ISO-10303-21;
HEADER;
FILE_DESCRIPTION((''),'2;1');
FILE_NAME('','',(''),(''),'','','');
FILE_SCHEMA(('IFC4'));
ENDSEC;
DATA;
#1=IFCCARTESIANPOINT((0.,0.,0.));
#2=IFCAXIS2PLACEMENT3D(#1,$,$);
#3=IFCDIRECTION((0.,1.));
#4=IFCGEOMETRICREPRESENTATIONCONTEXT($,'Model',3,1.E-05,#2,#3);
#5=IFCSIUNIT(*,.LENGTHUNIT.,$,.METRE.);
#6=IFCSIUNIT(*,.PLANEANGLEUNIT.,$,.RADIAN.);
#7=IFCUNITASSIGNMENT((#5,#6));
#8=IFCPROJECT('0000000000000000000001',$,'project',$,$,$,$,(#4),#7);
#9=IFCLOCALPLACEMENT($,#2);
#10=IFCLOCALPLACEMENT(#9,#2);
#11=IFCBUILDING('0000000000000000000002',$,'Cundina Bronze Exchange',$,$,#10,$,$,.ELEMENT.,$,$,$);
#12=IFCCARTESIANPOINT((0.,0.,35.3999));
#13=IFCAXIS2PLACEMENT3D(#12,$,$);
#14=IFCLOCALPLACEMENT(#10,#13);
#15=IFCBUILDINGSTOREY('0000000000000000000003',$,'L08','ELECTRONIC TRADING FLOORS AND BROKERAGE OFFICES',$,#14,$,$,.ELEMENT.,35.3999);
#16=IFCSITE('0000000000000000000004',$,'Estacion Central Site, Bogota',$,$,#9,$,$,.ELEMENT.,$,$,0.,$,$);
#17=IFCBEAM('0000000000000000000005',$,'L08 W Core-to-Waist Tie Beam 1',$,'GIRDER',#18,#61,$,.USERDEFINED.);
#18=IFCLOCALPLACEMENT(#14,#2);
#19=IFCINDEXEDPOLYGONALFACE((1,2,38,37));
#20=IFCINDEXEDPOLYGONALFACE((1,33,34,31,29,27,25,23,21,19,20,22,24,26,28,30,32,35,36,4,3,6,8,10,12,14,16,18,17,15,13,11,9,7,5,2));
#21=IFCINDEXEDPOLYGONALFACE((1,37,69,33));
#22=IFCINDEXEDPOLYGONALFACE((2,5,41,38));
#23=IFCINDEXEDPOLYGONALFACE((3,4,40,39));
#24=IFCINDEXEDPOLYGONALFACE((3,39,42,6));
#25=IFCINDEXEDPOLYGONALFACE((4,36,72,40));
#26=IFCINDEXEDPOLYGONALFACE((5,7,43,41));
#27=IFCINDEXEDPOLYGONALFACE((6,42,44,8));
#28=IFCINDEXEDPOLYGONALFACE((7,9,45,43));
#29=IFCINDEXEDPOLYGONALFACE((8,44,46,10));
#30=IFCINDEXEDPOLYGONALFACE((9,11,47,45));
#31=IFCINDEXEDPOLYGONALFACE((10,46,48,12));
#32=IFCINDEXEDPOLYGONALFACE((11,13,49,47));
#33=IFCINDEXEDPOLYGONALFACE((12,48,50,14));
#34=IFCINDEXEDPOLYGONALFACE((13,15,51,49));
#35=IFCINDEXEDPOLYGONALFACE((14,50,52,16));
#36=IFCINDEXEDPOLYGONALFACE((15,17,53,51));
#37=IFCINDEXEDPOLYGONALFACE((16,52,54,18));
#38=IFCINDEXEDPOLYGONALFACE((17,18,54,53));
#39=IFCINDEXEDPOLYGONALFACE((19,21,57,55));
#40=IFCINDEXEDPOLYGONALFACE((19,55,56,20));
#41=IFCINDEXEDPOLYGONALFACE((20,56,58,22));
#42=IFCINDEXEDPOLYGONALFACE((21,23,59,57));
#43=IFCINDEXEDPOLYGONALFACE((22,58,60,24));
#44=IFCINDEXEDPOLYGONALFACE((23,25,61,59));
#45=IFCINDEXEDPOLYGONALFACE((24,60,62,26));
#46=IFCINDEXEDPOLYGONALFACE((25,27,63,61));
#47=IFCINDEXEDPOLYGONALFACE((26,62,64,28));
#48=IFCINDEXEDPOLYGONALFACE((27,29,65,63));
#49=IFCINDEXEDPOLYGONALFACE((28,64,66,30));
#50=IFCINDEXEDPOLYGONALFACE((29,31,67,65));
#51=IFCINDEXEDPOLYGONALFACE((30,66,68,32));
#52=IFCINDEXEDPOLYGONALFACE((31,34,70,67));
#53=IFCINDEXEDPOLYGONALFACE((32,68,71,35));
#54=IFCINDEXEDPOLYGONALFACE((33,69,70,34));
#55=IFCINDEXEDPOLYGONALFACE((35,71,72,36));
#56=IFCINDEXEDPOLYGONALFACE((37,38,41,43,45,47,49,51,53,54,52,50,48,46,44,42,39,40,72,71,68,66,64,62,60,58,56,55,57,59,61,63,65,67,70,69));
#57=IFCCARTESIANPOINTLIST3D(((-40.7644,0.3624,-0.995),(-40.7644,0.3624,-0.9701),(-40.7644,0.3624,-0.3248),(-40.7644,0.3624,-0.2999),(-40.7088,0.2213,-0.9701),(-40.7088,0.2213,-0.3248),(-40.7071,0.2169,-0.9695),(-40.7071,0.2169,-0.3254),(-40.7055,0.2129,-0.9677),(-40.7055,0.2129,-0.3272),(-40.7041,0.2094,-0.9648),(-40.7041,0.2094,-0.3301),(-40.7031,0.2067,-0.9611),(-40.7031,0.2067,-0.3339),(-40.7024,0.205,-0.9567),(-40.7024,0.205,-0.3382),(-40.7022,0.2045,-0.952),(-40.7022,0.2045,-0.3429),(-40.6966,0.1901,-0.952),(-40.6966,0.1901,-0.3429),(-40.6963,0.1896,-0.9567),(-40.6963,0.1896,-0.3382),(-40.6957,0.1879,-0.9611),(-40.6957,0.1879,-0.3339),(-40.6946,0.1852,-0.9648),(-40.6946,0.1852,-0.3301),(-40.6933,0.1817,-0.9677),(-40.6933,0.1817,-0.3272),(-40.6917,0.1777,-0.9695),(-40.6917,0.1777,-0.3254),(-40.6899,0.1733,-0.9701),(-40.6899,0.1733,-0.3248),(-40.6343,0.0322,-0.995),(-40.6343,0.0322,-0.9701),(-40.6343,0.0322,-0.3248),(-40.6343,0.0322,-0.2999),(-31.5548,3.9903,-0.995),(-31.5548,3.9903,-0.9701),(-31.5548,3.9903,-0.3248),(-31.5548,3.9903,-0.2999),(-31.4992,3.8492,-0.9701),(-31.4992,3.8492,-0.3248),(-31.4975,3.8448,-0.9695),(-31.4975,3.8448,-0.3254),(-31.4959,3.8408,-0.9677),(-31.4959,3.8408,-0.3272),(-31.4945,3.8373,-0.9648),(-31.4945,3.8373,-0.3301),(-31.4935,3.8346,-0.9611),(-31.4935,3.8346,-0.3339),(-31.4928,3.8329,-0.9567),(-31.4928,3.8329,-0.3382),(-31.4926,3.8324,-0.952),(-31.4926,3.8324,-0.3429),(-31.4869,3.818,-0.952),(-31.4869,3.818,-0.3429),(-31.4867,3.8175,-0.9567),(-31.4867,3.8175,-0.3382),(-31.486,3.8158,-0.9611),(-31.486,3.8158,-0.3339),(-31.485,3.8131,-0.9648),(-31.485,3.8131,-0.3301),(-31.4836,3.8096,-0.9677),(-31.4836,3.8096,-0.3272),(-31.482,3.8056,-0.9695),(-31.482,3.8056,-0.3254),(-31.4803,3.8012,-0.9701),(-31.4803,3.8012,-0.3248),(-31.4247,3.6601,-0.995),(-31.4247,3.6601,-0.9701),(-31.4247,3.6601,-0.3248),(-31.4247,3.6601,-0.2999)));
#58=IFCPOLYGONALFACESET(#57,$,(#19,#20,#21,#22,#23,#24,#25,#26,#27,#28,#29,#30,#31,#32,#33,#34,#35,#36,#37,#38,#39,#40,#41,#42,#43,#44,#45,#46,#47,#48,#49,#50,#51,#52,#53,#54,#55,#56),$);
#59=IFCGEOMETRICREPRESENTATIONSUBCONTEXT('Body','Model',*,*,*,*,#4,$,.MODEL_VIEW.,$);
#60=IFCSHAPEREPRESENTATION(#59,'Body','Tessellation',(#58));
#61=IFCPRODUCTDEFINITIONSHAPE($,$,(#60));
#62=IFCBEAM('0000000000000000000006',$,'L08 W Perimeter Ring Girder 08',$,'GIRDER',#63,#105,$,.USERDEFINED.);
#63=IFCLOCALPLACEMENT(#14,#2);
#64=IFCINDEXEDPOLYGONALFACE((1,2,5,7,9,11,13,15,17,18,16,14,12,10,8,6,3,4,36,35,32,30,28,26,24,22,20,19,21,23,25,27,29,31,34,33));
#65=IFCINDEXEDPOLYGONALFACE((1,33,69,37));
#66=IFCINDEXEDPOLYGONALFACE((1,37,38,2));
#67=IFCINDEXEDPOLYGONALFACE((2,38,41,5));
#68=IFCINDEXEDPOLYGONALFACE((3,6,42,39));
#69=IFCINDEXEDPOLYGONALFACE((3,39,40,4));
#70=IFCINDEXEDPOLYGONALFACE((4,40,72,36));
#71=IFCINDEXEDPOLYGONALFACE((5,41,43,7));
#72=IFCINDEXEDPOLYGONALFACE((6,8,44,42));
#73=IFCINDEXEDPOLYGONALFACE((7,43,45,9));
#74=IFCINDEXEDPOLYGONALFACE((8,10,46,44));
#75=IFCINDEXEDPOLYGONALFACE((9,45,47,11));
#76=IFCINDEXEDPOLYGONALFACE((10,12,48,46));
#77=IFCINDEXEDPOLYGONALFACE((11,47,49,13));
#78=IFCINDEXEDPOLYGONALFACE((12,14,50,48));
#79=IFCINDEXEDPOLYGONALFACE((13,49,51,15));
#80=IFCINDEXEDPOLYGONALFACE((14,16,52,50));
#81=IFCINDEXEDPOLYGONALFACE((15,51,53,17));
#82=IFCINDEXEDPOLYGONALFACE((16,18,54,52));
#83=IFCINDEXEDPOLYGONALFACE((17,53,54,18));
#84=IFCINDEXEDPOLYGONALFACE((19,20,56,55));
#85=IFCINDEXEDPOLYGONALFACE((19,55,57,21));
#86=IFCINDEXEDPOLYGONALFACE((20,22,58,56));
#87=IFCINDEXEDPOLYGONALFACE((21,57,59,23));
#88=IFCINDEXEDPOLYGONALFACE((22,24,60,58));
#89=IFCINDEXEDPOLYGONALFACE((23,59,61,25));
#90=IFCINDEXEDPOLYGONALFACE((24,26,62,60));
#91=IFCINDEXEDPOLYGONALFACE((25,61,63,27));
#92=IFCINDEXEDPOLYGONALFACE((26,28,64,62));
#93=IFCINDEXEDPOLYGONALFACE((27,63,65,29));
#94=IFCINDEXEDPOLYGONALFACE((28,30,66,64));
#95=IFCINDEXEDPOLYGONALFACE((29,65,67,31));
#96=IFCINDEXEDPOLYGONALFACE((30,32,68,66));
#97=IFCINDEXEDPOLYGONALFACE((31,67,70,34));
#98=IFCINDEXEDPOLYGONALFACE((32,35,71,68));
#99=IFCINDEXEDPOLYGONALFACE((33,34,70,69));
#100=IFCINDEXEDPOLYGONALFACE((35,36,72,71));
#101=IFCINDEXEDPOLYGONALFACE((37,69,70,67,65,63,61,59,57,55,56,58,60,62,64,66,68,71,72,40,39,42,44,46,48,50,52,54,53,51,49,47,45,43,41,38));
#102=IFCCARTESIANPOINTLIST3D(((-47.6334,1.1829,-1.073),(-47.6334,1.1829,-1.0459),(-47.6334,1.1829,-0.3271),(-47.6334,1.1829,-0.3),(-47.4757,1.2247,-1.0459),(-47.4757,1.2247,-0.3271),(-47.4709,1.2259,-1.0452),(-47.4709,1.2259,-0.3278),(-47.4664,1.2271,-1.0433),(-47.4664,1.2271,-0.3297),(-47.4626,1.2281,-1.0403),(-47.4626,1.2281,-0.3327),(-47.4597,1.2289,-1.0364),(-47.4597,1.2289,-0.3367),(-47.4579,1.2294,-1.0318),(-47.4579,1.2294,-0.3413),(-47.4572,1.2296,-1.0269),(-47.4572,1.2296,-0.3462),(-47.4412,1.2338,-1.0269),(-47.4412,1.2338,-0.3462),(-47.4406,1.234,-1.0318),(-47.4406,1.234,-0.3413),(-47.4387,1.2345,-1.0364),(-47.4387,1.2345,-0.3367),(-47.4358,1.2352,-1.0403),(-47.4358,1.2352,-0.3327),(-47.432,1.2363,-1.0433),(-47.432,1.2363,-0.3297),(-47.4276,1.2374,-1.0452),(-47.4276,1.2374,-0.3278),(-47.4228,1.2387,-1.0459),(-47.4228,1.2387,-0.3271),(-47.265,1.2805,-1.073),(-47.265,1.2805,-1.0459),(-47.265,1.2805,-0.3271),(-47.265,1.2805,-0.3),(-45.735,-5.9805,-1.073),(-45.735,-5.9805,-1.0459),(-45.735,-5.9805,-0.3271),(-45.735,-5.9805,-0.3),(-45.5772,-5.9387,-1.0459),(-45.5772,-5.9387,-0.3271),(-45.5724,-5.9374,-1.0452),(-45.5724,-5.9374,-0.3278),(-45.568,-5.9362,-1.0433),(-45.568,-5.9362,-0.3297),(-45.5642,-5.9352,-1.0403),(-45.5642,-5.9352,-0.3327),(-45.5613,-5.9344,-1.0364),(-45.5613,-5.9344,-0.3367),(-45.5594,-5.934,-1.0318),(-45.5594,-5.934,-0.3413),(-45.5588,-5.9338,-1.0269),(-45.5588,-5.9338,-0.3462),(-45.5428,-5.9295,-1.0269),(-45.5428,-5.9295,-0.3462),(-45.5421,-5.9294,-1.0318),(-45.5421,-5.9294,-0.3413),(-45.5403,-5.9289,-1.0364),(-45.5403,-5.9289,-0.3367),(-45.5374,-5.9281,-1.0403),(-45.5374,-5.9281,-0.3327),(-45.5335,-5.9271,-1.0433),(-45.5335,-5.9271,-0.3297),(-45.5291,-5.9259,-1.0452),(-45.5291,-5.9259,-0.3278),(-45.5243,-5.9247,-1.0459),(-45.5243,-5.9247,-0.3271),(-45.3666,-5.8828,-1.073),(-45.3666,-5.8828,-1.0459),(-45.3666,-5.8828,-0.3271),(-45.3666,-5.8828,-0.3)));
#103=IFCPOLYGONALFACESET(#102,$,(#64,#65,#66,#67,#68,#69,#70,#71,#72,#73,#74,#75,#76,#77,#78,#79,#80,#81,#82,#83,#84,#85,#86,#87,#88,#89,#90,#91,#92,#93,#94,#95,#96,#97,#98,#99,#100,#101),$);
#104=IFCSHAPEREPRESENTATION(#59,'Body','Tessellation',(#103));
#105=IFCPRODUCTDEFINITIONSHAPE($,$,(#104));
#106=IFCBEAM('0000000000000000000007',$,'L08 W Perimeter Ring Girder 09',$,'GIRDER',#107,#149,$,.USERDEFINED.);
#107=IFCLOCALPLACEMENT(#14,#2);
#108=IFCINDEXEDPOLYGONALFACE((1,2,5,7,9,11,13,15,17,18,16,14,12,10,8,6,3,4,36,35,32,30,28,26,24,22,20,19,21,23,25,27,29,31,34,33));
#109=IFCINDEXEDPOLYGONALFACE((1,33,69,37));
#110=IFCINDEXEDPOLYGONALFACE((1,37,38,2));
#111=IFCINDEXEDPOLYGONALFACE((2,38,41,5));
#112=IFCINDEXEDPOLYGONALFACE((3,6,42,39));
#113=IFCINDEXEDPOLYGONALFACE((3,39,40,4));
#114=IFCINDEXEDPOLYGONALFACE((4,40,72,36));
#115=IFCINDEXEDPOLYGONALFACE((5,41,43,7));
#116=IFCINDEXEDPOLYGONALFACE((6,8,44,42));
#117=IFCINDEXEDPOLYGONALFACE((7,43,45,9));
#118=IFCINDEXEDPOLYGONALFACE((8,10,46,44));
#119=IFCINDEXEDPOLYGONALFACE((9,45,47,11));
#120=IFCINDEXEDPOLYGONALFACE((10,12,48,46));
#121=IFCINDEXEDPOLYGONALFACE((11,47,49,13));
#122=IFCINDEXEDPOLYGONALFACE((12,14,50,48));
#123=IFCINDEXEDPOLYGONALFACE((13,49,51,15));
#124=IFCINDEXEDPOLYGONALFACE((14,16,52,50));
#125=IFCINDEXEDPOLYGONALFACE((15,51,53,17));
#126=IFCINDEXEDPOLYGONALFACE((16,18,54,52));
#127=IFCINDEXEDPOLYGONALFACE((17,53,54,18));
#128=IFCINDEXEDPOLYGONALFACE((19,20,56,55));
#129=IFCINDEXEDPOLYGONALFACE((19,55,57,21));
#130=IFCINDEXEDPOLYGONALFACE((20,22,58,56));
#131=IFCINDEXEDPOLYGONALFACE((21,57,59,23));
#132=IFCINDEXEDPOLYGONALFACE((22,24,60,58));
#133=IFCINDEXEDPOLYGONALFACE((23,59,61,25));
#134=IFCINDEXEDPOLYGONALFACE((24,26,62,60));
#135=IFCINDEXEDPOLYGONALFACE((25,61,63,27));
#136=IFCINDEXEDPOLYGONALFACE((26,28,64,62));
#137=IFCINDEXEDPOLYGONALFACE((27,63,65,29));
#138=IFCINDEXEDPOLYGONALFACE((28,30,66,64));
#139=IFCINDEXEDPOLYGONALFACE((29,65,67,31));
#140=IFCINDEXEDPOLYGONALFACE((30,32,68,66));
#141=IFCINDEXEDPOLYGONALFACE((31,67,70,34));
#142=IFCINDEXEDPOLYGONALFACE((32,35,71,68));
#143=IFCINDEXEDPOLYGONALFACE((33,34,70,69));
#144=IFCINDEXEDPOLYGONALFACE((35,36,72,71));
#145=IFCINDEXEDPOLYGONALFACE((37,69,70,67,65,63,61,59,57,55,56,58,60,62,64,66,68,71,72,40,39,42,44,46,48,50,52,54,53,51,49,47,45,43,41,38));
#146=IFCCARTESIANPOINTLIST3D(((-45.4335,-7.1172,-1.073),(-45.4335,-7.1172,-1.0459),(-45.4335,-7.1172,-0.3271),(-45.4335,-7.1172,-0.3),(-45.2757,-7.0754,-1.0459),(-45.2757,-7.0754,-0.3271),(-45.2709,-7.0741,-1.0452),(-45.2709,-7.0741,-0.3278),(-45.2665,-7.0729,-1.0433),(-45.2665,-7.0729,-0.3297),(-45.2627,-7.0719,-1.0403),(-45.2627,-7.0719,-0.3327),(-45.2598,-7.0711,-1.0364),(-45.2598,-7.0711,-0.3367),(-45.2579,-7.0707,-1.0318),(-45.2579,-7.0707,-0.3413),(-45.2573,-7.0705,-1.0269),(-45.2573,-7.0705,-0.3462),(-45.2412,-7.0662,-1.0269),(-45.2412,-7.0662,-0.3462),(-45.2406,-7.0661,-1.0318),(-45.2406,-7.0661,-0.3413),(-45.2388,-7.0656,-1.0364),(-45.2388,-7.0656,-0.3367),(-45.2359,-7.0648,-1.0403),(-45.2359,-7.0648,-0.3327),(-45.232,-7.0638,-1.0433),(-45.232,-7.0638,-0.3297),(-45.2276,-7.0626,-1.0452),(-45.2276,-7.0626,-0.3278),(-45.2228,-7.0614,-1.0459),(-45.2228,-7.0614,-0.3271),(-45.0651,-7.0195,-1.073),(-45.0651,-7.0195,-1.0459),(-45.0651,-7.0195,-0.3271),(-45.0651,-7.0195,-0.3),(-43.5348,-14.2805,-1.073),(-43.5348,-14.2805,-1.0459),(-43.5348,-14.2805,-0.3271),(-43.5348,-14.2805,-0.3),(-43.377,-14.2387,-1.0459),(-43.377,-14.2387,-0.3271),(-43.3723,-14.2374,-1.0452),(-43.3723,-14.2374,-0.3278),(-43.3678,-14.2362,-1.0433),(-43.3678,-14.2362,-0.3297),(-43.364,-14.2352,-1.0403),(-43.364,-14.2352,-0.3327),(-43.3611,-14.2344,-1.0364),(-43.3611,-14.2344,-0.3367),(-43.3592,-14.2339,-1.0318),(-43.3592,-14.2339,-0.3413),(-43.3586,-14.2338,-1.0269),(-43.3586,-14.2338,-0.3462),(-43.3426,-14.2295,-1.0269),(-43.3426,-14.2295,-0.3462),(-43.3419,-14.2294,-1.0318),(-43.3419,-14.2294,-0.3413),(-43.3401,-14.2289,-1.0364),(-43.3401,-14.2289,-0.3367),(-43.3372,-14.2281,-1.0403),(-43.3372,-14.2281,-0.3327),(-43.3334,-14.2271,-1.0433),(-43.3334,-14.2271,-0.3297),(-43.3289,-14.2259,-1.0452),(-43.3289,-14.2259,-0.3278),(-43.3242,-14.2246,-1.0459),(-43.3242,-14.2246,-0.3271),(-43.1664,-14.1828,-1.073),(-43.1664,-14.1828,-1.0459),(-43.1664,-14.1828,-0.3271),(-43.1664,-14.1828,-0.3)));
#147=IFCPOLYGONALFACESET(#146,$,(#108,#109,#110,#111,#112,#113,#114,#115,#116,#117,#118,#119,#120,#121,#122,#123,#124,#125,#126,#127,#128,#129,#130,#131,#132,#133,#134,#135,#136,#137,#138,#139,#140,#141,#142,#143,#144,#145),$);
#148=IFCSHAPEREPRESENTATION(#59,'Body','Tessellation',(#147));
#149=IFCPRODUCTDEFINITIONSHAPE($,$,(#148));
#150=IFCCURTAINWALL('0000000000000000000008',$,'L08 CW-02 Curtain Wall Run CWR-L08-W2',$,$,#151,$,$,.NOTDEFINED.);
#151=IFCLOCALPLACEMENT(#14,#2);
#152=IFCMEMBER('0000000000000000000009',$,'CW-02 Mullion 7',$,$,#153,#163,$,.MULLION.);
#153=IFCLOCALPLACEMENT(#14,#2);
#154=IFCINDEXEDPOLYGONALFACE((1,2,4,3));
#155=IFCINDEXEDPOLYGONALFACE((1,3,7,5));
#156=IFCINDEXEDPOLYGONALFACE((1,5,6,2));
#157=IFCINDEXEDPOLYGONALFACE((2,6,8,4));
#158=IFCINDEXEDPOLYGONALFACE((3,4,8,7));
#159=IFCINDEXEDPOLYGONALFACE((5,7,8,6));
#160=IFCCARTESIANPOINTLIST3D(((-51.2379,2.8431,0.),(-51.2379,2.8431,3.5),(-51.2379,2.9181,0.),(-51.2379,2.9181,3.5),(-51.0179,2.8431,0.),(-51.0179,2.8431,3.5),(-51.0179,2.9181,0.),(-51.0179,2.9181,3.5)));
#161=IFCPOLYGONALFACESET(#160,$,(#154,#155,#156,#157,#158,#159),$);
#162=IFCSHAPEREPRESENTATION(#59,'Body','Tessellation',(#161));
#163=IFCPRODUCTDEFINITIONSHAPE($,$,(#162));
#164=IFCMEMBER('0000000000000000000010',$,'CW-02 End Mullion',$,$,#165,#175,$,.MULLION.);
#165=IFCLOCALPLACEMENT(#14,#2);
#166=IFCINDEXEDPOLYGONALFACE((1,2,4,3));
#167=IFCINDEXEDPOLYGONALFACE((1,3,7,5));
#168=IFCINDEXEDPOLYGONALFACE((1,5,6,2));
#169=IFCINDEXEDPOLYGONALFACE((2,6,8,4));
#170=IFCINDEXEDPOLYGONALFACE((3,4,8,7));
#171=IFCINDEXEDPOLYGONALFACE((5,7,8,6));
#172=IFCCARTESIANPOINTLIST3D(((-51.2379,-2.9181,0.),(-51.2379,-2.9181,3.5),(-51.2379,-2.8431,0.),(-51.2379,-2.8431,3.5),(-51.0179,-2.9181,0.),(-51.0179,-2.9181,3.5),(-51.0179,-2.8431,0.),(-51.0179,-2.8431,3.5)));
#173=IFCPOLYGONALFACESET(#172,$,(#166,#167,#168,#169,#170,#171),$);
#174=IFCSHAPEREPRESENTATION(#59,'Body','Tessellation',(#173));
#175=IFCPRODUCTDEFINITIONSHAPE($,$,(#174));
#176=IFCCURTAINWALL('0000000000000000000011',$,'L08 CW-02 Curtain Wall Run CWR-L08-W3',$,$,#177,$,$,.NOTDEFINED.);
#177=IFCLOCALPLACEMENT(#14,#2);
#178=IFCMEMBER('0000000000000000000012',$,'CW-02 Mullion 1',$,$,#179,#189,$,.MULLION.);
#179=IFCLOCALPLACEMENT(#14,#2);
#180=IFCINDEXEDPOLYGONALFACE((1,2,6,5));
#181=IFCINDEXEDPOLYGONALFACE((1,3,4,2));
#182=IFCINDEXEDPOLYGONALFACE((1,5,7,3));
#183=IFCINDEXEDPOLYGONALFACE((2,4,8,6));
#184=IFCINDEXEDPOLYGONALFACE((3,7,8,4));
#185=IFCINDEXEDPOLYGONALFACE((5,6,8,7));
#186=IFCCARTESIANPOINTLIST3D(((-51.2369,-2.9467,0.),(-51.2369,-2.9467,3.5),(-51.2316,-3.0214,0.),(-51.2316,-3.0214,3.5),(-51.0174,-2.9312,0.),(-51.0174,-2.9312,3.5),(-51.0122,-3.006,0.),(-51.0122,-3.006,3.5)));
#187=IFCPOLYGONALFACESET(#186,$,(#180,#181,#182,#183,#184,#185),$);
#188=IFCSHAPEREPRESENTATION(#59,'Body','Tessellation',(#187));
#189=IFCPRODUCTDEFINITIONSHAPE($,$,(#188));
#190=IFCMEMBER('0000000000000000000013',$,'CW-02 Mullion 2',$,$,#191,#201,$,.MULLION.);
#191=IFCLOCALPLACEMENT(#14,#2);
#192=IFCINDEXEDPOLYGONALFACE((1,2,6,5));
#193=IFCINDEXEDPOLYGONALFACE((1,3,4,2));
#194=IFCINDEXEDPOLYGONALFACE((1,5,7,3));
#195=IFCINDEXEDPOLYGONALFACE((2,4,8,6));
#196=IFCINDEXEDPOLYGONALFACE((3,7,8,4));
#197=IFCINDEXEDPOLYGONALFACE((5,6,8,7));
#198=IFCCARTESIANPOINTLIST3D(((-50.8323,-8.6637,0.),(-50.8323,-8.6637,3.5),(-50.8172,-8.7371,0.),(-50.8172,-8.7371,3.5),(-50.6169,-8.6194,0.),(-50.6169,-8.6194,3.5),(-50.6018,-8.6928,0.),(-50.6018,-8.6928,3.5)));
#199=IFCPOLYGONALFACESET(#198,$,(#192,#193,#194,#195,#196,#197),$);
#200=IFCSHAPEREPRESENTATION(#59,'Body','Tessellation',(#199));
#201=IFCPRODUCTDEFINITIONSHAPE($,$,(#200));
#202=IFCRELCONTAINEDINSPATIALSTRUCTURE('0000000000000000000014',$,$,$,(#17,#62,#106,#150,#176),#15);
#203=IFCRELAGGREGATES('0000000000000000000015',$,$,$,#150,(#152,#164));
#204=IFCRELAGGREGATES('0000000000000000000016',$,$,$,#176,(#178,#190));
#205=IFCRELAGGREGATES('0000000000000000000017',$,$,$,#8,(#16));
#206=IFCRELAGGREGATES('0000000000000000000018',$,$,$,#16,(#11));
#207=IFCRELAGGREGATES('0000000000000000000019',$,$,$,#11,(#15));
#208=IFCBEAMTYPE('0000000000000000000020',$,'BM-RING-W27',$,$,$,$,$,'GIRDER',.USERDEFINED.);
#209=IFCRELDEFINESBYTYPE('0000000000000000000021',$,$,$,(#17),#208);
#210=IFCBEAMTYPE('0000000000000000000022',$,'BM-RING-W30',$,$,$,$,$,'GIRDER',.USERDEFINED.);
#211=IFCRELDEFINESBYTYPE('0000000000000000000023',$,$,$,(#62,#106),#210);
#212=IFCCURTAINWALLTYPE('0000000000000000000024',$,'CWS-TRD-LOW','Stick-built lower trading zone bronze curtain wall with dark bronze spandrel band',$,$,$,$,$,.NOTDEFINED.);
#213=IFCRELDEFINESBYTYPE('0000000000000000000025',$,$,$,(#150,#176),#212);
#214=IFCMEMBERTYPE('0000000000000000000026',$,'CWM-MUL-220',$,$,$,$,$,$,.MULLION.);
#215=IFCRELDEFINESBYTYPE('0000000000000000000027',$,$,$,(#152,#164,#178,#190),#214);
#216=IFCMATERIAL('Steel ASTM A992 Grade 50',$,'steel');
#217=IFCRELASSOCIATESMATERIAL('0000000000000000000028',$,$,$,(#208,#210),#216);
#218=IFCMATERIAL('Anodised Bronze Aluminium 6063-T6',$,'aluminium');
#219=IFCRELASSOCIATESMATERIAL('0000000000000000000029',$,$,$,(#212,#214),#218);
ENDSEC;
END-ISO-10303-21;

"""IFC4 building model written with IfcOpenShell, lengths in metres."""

from ifc_helpers import new_model, si_unit, direction, frame, origin, origin_2d, place, context, subcontext, project, spatial, rectangle, i_section, extrude, material, material_profile, profile_set, type_object, element, aggregate, save


model = new_model("IFC4")

# Units and contexts
model_context = context("Model", 3, precision=1e-05, world=origin(), true_north=direction((0.0, 1.0)))
body_context = subcontext(model_context, "Body", "Model", "MODEL_VIEW")
ifc_project = project(units=[si_unit("LENGTHUNIT", "METRE"), si_unit("PLANEANGLEUNIT", "RADIAN")], contexts=[model_context])

# Site, building, storey
site_placement = place(None, origin())
site = spatial("IfcSite", under=ifc_project, at=site_placement, Name="Estacion Central Site, Bogota", CompositionType="ELEMENT", RefElevation=0.0)
building_placement = place(site_placement, origin())
building = spatial("IfcBuilding", under=site, at=building_placement, Name="Cundina Bronze Exchange", CompositionType="ELEMENT")
storey_placement = place(building_placement, frame((0.0, 0.0, 35.3999)))
storey = spatial("IfcBuildingStorey", under=building, at=storey_placement, Name="L08", Description="ELECTRONIC TRADING FLOORS AND BROKERAGE OFFICES", CompositionType="ELEMENT", Elevation=35.3999)

# Beams
ifc_material_1 = material(Name="Steel ASTM A992 Grade 50", Category="steel")
ifc_material_profile_1 = material_profile(ifc_material_1, i_section(OverallWidth=0.355, OverallDepth=0.6951, WebThickness=0.0154, FlangeThickness=0.0249, FilletRadius=0.0181, at=origin_2d()), Name="W27X146", Category="steel")
ifc_profile_set_1 = profile_set([ifc_material_profile_1], Name="Steel ASTM A992 Grade 50")
beam_type_1 = type_object("IfcBeamType", Name="BM-RING-W27", ElementType="GIRDER", PredefinedType="USERDEFINED", material=ifc_profile_set_1)
beam_1_placement = place(storey_placement, frame((-31.4897, 3.8252, -0.6475), z_axis=(-0.930413, -0.366512, 0.0), x_axis=(0.366512, -0.930413, 0.0)))
element("IfcBeam", 1, at=beam_1_placement, inside=storey, type_object=beam_type_1, Name="L08 W Core-to-Waist Tie Beam 1", ObjectType="GIRDER", PredefinedType="USERDEFINED", context=body_context, shape_type="SweptSolid", body=[
    extrude(i_section(OverallWidth=0.355, OverallDepth=0.6951, WebThickness=0.0154, FlangeThickness=0.0249, FilletRadius=0.0181, at=origin_2d()), origin(), (0.0, 0.0, 1.0), 9.8984),
])
ifc_material_profile_2 = material_profile(ifc_material_1, i_section(OverallWidth=0.3811, OverallDepth=0.7729, WebThickness=0.0166, FlangeThickness=0.0271, FilletRadius=0.019, at=origin_2d()), Name="W30X173", Category="steel")
ifc_profile_set_2 = profile_set([ifc_material_profile_2], Name="Steel ASTM A992 Grade 50")
beam_type_2 = type_object("IfcBeamType", Name="BM-RING-W30", ElementType="GIRDER", PredefinedType="USERDEFINED", material=ifc_profile_set_2)
for number, where, z_axis, x_axis, name in (
    (2, (-47.4492, 1.2317, -0.6865), (0.256178, -0.96663, 0.0), (0.96663, 0.256178, 0.0), "L08 W Perimeter Ring Girder 08"),
    (3, (-45.2493, -7.0684, -0.6865), (0.256209, -0.966622, 0.0), (0.966622, 0.256209, 0.0), "L08 W Perimeter Ring Girder 09"),
):
    element("IfcBeam", number, at=place(storey_placement, frame(where, z_axis=z_axis, x_axis=x_axis)), inside=storey, type_object=beam_type_2, Name=name, ObjectType="GIRDER", PredefinedType="USERDEFINED", context=body_context, shape_type="SweptSolid", body=[
        extrude(i_section(OverallWidth=0.3811, OverallDepth=0.7729, WebThickness=0.0166, FlangeThickness=0.0271, FilletRadius=0.019, at=origin_2d()), origin(), (0.0, 0.0, 1.0), 7.4106),
    ])

# Curtain walls, members
ifc_material_2 = material(Name="Anodised Bronze Aluminium 6063-T6", Category="aluminium")
curtain_wall_type = type_object("IfcCurtainWallType", Name="CWS-TRD-LOW", Description="Stick-built lower trading zone bronze curtain wall with dark bronze spandrel band", PredefinedType="NOTDEFINED", material=ifc_material_2)
curtain_wall_1_placement = place(storey_placement, origin())
curtain_wall_1 = element("IfcCurtainWall", 4, at=curtain_wall_1_placement, inside=storey, type_object=curtain_wall_type, Name="L08 CW-02 Curtain Wall Run CWR-L08-W2", PredefinedType="NOTDEFINED")
ifc_material_profile_3 = material_profile(ifc_material_2, rectangle(XDim=0.075, YDim=0.22, at=origin_2d()), Name="AL75X220", Category="aluminium")
ifc_profile_set_3 = profile_set([ifc_material_profile_3], Name="Anodised Bronze Aluminium 6063-T6")
member_type_1 = type_object("IfcMemberType", Name="CWM-MUL-220", PredefinedType="MULLION", material=ifc_profile_set_3)
member_1_placement = place(storey_placement, frame((-51.1279, 2.8806, 0.0), z_axis=(0.0, 0.0, 1.0), x_axis=(0.0, -1.0, 0.0)))
member_1 = element("IfcMember", 5, at=member_1_placement, type_object=member_type_1, Name="CW-02 Mullion 7", PredefinedType="MULLION", context=body_context, shape_type="SweptSolid", body=[
    extrude(rectangle(XDim=0.075, YDim=0.22, at=origin_2d()), origin(), (0.0, 0.0, 1.0), 3.5),
])
member_2_placement = place(storey_placement, frame((-51.1279, -2.8806, 0.0), z_axis=(0.0, 0.0, 1.0), x_axis=(0.0, -1.0, 0.0)))
member_2 = element("IfcMember", 6, at=member_2_placement, type_object=member_type_1, Name="CW-02 End Mullion", PredefinedType="MULLION", context=body_context, shape_type="SweptSolid", body=[
    extrude(rectangle(XDim=0.075, YDim=0.22, at=origin_2d()), origin(), (0.0, 0.0, 1.0), 3.5),
])
curtain_wall_2_placement = place(storey_placement, origin())
curtain_wall_2 = element("IfcCurtainWall", 7, at=curtain_wall_2_placement, inside=storey, type_object=curtain_wall_type, Name="L08 CW-02 Curtain Wall Run CWR-L08-W3", PredefinedType="NOTDEFINED")
member_3_placement = place(storey_placement, frame((-51.1245, -2.9763, 0.0), z_axis=(0.0, 0.0, 1.0), x_axis=(0.070279, -0.997527, 0.0)))
member_3 = element("IfcMember", 8, at=member_3_placement, type_object=member_type_1, Name="CW-02 Mullion 1", PredefinedType="MULLION", context=body_context, shape_type="SweptSolid", body=[
    extrude(rectangle(XDim=0.075, YDim=0.22, at=origin_2d()), origin(), (0.0, 0.0, 1.0), 3.5),
])
member_4_placement = place(storey_placement, frame((-50.717, -8.6782, 0.0), z_axis=(0.0, 0.0, 1.0), x_axis=(0.20142, -0.979505, 0.0)))
member_4 = element("IfcMember", 9, at=member_4_placement, type_object=member_type_1, Name="CW-02 Mullion 2", PredefinedType="MULLION", context=body_context, shape_type="SweptSolid", body=[
    extrude(rectangle(XDim=0.075, YDim=0.22, at=origin_2d()), origin(), (0.0, 0.0, 1.0), 3.5),
])

aggregate(curtain_wall_1, [member_1, member_2])
aggregate(curtain_wall_2, [member_3, member_4])

save(model, "model.ifc")
